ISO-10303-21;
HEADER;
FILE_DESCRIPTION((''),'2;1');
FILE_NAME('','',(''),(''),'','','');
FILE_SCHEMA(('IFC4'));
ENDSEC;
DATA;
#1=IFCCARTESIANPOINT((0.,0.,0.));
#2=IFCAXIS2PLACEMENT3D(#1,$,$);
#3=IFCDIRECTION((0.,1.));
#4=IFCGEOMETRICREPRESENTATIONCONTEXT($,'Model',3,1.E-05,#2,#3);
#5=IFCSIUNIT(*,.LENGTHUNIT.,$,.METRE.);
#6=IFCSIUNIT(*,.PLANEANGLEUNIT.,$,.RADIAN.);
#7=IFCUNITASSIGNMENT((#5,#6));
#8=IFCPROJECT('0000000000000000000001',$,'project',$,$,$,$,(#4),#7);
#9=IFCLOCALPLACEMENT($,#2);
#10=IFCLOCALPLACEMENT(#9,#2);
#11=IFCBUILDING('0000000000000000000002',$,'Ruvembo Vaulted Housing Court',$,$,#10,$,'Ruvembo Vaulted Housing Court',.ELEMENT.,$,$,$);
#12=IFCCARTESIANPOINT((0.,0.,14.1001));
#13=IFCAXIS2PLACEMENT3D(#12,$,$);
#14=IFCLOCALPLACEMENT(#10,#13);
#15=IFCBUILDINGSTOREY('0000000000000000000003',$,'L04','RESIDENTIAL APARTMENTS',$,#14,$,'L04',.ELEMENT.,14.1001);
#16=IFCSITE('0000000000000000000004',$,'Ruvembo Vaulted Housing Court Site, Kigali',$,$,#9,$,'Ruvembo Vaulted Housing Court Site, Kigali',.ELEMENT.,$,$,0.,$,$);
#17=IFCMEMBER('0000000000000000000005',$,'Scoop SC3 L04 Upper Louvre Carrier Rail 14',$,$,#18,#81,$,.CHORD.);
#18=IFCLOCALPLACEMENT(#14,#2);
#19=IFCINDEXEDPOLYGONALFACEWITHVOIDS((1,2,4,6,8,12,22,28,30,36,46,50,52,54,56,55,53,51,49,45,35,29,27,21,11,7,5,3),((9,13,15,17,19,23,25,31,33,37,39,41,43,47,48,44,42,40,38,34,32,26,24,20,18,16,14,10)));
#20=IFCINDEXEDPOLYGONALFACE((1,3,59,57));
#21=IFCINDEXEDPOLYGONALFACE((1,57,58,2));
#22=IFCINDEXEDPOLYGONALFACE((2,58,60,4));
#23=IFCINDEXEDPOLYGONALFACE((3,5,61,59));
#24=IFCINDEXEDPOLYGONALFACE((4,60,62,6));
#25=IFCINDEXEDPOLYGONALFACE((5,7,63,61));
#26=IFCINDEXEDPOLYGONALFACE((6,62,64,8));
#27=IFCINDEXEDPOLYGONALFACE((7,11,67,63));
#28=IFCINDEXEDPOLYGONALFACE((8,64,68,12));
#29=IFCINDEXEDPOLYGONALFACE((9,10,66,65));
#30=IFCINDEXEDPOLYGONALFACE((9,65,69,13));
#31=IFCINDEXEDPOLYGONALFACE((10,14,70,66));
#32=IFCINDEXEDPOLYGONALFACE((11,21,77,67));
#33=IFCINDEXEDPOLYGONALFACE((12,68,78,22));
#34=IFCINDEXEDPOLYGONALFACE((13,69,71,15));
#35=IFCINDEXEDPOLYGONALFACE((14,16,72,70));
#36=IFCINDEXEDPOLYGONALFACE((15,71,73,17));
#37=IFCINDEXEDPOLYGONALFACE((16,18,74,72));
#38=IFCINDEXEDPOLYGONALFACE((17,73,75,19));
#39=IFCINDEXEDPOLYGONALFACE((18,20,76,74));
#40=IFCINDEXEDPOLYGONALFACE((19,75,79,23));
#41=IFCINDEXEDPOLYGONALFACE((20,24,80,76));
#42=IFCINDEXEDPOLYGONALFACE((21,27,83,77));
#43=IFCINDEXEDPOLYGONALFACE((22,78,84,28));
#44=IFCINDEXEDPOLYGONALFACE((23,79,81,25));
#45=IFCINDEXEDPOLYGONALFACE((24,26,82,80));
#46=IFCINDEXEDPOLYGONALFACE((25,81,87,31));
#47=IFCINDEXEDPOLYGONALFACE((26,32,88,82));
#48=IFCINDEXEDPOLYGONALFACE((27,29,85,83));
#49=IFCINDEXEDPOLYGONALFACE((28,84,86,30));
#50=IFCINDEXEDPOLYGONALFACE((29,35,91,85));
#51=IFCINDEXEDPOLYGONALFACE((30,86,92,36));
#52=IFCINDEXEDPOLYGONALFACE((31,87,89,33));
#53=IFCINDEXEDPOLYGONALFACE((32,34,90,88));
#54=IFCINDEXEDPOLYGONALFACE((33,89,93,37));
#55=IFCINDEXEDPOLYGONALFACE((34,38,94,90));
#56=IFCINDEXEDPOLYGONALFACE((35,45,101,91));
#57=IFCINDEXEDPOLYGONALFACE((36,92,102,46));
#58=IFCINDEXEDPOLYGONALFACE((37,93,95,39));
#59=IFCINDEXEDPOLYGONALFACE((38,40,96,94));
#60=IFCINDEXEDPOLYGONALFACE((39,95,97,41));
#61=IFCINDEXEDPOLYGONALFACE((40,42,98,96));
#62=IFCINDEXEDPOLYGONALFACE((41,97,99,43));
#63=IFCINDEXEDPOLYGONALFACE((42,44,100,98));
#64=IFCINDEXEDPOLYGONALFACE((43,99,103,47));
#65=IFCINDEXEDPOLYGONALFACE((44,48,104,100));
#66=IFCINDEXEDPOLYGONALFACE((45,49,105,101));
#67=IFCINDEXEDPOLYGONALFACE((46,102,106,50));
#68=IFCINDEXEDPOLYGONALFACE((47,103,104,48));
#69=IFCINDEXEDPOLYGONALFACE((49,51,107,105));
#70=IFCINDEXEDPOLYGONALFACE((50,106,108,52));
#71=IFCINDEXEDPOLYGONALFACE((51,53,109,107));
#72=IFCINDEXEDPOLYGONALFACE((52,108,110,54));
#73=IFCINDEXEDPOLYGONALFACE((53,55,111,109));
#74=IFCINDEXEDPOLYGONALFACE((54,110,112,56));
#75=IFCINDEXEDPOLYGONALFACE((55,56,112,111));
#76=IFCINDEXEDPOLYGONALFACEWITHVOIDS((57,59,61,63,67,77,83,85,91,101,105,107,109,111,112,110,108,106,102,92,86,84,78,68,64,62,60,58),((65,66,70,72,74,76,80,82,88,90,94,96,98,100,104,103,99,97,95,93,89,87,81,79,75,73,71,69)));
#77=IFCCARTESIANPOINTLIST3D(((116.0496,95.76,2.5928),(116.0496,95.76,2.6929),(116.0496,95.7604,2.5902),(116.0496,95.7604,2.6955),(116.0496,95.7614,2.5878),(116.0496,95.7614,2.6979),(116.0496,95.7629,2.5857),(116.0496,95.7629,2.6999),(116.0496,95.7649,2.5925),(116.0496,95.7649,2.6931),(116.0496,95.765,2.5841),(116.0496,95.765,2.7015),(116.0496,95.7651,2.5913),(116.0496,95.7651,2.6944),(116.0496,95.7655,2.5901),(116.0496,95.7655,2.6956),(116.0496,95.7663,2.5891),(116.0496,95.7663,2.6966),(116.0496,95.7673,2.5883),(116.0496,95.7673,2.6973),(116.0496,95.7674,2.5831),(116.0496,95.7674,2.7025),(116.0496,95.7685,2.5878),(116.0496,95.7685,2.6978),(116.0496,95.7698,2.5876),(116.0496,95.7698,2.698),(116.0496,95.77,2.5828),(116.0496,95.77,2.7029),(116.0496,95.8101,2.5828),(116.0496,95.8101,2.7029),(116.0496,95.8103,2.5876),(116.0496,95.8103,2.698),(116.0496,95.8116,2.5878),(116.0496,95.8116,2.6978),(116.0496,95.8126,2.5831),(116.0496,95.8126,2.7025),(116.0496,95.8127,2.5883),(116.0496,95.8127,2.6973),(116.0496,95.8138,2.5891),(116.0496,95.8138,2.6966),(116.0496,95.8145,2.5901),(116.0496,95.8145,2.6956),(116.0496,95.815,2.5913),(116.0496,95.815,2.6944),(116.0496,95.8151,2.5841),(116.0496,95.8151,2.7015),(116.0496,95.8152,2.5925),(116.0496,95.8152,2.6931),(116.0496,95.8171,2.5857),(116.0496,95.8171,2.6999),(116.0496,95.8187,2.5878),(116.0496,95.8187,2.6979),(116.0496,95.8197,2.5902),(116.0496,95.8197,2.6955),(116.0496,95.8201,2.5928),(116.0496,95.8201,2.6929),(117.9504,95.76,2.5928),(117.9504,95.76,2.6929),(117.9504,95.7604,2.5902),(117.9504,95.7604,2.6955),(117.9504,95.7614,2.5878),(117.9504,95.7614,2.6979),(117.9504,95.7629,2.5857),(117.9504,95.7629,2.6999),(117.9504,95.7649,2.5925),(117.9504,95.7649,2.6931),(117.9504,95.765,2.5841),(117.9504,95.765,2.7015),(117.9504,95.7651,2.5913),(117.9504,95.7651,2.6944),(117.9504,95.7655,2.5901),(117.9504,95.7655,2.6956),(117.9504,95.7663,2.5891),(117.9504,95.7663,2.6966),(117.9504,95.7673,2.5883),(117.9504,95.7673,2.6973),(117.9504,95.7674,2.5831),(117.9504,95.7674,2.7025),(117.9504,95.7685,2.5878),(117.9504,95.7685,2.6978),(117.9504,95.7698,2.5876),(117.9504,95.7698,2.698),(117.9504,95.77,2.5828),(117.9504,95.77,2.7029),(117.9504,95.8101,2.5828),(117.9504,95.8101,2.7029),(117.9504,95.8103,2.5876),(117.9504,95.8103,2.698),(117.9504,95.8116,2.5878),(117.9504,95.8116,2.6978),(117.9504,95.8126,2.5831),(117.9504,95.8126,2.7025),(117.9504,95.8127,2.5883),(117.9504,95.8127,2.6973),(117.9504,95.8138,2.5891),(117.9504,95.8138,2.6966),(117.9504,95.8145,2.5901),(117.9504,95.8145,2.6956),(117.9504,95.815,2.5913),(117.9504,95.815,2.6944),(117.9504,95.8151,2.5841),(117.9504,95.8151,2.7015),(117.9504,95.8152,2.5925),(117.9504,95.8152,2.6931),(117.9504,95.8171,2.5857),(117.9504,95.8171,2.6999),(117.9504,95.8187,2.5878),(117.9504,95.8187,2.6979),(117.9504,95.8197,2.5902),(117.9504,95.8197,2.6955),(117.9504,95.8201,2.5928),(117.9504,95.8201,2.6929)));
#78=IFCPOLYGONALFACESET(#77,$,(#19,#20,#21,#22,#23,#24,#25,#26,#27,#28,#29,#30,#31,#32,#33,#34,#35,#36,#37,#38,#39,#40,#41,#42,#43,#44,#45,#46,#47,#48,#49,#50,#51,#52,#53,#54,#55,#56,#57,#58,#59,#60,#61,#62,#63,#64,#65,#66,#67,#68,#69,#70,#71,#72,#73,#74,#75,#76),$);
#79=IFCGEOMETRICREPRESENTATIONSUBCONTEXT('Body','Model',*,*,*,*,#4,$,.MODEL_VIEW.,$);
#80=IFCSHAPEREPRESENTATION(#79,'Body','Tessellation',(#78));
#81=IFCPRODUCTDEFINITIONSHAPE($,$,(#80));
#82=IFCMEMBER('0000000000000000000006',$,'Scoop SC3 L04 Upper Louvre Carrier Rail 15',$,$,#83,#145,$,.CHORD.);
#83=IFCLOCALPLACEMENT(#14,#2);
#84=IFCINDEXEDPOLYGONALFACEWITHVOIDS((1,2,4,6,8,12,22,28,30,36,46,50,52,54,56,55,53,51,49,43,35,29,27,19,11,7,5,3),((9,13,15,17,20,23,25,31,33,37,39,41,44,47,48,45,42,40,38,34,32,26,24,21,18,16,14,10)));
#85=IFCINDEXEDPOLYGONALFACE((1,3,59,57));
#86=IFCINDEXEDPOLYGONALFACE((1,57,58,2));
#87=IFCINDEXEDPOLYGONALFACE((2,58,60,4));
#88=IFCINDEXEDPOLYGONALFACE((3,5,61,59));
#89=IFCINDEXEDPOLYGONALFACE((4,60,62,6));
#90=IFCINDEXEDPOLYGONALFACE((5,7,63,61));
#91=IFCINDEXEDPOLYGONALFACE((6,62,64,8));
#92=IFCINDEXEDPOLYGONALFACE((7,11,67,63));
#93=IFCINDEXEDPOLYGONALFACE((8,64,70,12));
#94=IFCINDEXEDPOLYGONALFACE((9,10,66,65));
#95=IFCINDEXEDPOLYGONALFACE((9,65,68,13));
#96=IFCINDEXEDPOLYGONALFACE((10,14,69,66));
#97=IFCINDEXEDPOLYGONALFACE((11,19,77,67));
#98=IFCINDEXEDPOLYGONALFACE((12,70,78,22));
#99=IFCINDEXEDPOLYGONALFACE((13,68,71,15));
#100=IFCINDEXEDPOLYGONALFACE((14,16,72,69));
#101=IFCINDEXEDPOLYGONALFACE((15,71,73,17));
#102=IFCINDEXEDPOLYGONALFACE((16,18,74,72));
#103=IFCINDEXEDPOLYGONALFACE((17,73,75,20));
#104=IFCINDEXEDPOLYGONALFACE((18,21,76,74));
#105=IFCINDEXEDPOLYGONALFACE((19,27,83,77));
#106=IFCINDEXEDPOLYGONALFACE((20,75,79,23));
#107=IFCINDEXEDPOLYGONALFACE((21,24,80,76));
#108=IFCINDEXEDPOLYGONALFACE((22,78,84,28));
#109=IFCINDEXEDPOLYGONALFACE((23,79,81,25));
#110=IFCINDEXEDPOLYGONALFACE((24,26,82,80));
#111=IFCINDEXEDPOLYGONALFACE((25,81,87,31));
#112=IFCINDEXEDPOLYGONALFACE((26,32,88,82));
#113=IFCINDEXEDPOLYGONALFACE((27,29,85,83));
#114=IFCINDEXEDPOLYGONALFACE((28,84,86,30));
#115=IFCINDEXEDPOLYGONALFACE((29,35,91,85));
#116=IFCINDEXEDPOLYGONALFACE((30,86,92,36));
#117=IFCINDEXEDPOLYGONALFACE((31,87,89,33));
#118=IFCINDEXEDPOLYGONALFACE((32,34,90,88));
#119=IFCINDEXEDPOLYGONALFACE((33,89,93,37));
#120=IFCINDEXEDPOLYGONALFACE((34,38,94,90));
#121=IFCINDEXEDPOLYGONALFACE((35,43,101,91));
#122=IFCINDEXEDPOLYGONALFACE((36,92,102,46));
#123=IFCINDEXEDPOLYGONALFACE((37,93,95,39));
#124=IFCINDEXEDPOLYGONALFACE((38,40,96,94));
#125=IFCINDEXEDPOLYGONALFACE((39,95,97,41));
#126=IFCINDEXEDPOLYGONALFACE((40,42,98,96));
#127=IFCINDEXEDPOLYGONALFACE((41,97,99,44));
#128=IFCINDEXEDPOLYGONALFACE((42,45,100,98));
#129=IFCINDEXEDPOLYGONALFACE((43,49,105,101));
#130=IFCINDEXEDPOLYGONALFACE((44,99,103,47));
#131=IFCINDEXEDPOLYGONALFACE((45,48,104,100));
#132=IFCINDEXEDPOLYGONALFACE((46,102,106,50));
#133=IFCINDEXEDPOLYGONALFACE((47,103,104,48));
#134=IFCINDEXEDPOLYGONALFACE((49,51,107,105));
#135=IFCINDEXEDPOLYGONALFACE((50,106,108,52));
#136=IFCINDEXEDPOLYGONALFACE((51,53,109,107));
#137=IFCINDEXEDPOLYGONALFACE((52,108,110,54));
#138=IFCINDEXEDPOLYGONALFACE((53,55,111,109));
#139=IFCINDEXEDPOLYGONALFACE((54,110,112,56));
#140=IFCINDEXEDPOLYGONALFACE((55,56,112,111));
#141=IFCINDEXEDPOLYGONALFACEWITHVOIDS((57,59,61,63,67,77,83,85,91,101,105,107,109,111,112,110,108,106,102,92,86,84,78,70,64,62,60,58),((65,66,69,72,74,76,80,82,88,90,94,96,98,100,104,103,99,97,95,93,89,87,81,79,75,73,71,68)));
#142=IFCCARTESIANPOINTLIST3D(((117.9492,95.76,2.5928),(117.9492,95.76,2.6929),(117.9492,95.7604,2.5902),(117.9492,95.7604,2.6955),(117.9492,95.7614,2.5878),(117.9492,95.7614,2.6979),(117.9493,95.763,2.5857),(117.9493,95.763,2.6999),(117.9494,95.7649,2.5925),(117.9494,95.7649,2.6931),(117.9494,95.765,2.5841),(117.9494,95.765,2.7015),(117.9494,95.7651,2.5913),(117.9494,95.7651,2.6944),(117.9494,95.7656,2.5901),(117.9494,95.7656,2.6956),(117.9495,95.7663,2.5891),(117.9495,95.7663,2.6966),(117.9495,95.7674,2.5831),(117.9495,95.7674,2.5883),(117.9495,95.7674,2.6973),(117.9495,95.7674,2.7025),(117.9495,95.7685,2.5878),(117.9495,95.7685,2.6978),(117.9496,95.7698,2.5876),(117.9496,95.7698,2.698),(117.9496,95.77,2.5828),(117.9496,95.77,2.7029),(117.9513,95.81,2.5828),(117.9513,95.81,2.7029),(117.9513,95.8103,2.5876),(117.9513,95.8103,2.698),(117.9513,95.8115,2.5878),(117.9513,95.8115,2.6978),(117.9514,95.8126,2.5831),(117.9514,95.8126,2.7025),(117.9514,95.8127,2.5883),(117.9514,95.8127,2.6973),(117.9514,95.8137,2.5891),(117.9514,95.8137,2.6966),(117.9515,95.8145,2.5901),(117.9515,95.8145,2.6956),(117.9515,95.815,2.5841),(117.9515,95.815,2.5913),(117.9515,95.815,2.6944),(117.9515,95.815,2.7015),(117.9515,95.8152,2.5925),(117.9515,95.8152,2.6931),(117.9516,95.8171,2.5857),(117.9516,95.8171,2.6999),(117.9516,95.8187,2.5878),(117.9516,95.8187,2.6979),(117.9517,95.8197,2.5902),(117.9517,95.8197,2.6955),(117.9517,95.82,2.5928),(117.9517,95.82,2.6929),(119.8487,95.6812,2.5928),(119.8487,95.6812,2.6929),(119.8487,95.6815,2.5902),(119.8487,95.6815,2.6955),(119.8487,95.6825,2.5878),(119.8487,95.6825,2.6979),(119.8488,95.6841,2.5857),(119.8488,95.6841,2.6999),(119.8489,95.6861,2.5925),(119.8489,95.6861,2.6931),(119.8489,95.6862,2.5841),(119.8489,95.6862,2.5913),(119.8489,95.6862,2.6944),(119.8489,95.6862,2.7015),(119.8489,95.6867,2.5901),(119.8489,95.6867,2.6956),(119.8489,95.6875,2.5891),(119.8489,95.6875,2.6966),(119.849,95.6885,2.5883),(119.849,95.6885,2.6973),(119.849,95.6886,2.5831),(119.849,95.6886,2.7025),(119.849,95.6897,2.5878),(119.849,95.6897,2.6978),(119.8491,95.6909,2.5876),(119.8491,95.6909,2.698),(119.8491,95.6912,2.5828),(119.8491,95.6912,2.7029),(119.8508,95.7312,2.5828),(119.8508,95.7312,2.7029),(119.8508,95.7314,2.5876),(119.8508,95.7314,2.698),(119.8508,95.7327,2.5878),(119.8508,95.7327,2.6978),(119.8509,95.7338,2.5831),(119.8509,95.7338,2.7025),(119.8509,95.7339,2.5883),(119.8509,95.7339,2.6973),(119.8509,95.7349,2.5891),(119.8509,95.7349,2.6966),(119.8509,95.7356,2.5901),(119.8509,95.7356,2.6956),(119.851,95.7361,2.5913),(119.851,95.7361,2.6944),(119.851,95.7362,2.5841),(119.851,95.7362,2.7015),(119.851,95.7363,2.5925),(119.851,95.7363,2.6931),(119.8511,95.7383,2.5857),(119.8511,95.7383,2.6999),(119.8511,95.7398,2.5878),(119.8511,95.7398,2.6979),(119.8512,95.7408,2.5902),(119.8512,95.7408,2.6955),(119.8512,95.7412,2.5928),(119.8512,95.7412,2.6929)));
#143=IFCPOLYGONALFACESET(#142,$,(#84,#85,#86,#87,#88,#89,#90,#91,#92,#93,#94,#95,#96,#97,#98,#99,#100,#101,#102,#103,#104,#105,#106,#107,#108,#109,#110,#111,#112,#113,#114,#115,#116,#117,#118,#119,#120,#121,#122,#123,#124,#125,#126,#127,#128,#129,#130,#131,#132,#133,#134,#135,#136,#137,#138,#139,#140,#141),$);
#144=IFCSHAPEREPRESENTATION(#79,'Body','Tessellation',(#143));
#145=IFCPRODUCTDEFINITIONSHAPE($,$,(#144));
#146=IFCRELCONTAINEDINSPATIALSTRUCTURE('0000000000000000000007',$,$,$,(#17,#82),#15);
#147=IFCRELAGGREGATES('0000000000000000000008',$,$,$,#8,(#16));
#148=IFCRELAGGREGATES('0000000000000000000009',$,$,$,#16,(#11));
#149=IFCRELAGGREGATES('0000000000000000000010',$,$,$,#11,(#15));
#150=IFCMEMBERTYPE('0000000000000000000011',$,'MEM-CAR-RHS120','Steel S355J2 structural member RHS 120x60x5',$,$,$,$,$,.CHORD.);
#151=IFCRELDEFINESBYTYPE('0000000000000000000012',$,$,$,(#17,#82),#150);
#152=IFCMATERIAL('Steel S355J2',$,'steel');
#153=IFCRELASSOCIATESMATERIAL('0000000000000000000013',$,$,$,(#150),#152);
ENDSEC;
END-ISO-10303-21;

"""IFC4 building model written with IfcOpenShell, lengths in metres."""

from ifc_helpers import new_model, si_unit, direction, frame, origin, origin_2d, place, context, subcontext, project, spatial, hollow_rectangle, extrude, material, material_profile, profile_set, type_object, element, save


model = new_model("IFC4")

# Units and contexts
model_context = context("Model", 3, precision=1e-05, world=origin(), true_north=direction((0.0, 1.0)))
body_context = subcontext(model_context, "Body", "Model", "MODEL_VIEW")
ifc_project = project(units=[si_unit("LENGTHUNIT", "METRE"), si_unit("PLANEANGLEUNIT", "RADIAN")], contexts=[model_context])

# Site, building, storey
site_placement = place(None, origin())
site = spatial("IfcSite", under=ifc_project, at=site_placement, Name="Ruvembo Vaulted Housing Court Site, Kigali", LongName="Ruvembo Vaulted Housing Court Site, Kigali", CompositionType="ELEMENT", RefElevation=0.0)
building_placement = place(site_placement, origin())
building = spatial("IfcBuilding", under=site, at=building_placement, Name="Ruvembo Vaulted Housing Court", LongName="Ruvembo Vaulted Housing Court", CompositionType="ELEMENT")
storey_placement = place(building_placement, frame((0.0, 0.0, 14.1001)))
storey = spatial("IfcBuildingStorey", under=building, at=storey_placement, Name="L04", Description="RESIDENTIAL APARTMENTS", LongName="L04", CompositionType="ELEMENT", Elevation=14.1001)

# Shared definitions
ifc_material_1 = material(Name="Steel S355J2", Category="steel")

# Members
ifc_material_profile_1 = material_profile(ifc_material_1, hollow_rectangle(XDim=0.0601, YDim=0.1201, WallThickness=0.0049, InnerFilletRadius=0.0049, OuterFilletRadius=0.01, at=origin_2d()), Name="RHS 120x60x5")
ifc_profile_set_1 = profile_set([ifc_material_profile_1], Name="Steel S355J2")
member_type_1 = type_object("IfcMemberType", Name="MEM-CAR-RHS120", Description="Steel S355J2 structural member RHS 120x60x5", PredefinedType="CHORD", material=ifc_profile_set_1)
member_1_placement = place(storey_placement, frame((116.0496, 95.79, 2.6428), z_axis=(1.0, 0.0, 0.0), x_axis=(0.0, 1.0, 0.0)))
element("IfcMember", 1, at=member_1_placement, inside=storey, type_object=member_type_1, Name="Scoop SC3 L04 Upper Louvre Carrier Rail 14", PredefinedType="CHORD", context=body_context, shape_type="SweptSolid", body=[
    extrude(hollow_rectangle(XDim=0.0601, YDim=0.1201, WallThickness=0.0049, InnerFilletRadius=0.0049, OuterFilletRadius=0.01, at=origin_2d()), origin(), (0.0, 0.0, 1.0), 1.9009),
])
for number, where, z_axis, x_axis, name in (
    (2, (117.9504, 95.79, 2.6428), (0.999139, -0.041481, 0.0), (0.041481, 0.999139, 0.0), "Scoop SC3 L04 Upper Louvre Carrier Rail 15"),
):
    element("IfcMember", number, at=place(storey_placement, frame(where, z_axis=z_axis, x_axis=x_axis)), inside=storey, type_object=member_type_1, Name=name, PredefinedType="CHORD", context=body_context, shape_type="SweptSolid", body=[
        extrude(hollow_rectangle(XDim=0.0601, YDim=0.1201, WallThickness=0.0049, InnerFilletRadius=0.0049, OuterFilletRadius=0.01, at=origin_2d()), origin(), (0.0, 0.0, 1.0), 1.9011),
    ])

save(model, "model.ifc")
